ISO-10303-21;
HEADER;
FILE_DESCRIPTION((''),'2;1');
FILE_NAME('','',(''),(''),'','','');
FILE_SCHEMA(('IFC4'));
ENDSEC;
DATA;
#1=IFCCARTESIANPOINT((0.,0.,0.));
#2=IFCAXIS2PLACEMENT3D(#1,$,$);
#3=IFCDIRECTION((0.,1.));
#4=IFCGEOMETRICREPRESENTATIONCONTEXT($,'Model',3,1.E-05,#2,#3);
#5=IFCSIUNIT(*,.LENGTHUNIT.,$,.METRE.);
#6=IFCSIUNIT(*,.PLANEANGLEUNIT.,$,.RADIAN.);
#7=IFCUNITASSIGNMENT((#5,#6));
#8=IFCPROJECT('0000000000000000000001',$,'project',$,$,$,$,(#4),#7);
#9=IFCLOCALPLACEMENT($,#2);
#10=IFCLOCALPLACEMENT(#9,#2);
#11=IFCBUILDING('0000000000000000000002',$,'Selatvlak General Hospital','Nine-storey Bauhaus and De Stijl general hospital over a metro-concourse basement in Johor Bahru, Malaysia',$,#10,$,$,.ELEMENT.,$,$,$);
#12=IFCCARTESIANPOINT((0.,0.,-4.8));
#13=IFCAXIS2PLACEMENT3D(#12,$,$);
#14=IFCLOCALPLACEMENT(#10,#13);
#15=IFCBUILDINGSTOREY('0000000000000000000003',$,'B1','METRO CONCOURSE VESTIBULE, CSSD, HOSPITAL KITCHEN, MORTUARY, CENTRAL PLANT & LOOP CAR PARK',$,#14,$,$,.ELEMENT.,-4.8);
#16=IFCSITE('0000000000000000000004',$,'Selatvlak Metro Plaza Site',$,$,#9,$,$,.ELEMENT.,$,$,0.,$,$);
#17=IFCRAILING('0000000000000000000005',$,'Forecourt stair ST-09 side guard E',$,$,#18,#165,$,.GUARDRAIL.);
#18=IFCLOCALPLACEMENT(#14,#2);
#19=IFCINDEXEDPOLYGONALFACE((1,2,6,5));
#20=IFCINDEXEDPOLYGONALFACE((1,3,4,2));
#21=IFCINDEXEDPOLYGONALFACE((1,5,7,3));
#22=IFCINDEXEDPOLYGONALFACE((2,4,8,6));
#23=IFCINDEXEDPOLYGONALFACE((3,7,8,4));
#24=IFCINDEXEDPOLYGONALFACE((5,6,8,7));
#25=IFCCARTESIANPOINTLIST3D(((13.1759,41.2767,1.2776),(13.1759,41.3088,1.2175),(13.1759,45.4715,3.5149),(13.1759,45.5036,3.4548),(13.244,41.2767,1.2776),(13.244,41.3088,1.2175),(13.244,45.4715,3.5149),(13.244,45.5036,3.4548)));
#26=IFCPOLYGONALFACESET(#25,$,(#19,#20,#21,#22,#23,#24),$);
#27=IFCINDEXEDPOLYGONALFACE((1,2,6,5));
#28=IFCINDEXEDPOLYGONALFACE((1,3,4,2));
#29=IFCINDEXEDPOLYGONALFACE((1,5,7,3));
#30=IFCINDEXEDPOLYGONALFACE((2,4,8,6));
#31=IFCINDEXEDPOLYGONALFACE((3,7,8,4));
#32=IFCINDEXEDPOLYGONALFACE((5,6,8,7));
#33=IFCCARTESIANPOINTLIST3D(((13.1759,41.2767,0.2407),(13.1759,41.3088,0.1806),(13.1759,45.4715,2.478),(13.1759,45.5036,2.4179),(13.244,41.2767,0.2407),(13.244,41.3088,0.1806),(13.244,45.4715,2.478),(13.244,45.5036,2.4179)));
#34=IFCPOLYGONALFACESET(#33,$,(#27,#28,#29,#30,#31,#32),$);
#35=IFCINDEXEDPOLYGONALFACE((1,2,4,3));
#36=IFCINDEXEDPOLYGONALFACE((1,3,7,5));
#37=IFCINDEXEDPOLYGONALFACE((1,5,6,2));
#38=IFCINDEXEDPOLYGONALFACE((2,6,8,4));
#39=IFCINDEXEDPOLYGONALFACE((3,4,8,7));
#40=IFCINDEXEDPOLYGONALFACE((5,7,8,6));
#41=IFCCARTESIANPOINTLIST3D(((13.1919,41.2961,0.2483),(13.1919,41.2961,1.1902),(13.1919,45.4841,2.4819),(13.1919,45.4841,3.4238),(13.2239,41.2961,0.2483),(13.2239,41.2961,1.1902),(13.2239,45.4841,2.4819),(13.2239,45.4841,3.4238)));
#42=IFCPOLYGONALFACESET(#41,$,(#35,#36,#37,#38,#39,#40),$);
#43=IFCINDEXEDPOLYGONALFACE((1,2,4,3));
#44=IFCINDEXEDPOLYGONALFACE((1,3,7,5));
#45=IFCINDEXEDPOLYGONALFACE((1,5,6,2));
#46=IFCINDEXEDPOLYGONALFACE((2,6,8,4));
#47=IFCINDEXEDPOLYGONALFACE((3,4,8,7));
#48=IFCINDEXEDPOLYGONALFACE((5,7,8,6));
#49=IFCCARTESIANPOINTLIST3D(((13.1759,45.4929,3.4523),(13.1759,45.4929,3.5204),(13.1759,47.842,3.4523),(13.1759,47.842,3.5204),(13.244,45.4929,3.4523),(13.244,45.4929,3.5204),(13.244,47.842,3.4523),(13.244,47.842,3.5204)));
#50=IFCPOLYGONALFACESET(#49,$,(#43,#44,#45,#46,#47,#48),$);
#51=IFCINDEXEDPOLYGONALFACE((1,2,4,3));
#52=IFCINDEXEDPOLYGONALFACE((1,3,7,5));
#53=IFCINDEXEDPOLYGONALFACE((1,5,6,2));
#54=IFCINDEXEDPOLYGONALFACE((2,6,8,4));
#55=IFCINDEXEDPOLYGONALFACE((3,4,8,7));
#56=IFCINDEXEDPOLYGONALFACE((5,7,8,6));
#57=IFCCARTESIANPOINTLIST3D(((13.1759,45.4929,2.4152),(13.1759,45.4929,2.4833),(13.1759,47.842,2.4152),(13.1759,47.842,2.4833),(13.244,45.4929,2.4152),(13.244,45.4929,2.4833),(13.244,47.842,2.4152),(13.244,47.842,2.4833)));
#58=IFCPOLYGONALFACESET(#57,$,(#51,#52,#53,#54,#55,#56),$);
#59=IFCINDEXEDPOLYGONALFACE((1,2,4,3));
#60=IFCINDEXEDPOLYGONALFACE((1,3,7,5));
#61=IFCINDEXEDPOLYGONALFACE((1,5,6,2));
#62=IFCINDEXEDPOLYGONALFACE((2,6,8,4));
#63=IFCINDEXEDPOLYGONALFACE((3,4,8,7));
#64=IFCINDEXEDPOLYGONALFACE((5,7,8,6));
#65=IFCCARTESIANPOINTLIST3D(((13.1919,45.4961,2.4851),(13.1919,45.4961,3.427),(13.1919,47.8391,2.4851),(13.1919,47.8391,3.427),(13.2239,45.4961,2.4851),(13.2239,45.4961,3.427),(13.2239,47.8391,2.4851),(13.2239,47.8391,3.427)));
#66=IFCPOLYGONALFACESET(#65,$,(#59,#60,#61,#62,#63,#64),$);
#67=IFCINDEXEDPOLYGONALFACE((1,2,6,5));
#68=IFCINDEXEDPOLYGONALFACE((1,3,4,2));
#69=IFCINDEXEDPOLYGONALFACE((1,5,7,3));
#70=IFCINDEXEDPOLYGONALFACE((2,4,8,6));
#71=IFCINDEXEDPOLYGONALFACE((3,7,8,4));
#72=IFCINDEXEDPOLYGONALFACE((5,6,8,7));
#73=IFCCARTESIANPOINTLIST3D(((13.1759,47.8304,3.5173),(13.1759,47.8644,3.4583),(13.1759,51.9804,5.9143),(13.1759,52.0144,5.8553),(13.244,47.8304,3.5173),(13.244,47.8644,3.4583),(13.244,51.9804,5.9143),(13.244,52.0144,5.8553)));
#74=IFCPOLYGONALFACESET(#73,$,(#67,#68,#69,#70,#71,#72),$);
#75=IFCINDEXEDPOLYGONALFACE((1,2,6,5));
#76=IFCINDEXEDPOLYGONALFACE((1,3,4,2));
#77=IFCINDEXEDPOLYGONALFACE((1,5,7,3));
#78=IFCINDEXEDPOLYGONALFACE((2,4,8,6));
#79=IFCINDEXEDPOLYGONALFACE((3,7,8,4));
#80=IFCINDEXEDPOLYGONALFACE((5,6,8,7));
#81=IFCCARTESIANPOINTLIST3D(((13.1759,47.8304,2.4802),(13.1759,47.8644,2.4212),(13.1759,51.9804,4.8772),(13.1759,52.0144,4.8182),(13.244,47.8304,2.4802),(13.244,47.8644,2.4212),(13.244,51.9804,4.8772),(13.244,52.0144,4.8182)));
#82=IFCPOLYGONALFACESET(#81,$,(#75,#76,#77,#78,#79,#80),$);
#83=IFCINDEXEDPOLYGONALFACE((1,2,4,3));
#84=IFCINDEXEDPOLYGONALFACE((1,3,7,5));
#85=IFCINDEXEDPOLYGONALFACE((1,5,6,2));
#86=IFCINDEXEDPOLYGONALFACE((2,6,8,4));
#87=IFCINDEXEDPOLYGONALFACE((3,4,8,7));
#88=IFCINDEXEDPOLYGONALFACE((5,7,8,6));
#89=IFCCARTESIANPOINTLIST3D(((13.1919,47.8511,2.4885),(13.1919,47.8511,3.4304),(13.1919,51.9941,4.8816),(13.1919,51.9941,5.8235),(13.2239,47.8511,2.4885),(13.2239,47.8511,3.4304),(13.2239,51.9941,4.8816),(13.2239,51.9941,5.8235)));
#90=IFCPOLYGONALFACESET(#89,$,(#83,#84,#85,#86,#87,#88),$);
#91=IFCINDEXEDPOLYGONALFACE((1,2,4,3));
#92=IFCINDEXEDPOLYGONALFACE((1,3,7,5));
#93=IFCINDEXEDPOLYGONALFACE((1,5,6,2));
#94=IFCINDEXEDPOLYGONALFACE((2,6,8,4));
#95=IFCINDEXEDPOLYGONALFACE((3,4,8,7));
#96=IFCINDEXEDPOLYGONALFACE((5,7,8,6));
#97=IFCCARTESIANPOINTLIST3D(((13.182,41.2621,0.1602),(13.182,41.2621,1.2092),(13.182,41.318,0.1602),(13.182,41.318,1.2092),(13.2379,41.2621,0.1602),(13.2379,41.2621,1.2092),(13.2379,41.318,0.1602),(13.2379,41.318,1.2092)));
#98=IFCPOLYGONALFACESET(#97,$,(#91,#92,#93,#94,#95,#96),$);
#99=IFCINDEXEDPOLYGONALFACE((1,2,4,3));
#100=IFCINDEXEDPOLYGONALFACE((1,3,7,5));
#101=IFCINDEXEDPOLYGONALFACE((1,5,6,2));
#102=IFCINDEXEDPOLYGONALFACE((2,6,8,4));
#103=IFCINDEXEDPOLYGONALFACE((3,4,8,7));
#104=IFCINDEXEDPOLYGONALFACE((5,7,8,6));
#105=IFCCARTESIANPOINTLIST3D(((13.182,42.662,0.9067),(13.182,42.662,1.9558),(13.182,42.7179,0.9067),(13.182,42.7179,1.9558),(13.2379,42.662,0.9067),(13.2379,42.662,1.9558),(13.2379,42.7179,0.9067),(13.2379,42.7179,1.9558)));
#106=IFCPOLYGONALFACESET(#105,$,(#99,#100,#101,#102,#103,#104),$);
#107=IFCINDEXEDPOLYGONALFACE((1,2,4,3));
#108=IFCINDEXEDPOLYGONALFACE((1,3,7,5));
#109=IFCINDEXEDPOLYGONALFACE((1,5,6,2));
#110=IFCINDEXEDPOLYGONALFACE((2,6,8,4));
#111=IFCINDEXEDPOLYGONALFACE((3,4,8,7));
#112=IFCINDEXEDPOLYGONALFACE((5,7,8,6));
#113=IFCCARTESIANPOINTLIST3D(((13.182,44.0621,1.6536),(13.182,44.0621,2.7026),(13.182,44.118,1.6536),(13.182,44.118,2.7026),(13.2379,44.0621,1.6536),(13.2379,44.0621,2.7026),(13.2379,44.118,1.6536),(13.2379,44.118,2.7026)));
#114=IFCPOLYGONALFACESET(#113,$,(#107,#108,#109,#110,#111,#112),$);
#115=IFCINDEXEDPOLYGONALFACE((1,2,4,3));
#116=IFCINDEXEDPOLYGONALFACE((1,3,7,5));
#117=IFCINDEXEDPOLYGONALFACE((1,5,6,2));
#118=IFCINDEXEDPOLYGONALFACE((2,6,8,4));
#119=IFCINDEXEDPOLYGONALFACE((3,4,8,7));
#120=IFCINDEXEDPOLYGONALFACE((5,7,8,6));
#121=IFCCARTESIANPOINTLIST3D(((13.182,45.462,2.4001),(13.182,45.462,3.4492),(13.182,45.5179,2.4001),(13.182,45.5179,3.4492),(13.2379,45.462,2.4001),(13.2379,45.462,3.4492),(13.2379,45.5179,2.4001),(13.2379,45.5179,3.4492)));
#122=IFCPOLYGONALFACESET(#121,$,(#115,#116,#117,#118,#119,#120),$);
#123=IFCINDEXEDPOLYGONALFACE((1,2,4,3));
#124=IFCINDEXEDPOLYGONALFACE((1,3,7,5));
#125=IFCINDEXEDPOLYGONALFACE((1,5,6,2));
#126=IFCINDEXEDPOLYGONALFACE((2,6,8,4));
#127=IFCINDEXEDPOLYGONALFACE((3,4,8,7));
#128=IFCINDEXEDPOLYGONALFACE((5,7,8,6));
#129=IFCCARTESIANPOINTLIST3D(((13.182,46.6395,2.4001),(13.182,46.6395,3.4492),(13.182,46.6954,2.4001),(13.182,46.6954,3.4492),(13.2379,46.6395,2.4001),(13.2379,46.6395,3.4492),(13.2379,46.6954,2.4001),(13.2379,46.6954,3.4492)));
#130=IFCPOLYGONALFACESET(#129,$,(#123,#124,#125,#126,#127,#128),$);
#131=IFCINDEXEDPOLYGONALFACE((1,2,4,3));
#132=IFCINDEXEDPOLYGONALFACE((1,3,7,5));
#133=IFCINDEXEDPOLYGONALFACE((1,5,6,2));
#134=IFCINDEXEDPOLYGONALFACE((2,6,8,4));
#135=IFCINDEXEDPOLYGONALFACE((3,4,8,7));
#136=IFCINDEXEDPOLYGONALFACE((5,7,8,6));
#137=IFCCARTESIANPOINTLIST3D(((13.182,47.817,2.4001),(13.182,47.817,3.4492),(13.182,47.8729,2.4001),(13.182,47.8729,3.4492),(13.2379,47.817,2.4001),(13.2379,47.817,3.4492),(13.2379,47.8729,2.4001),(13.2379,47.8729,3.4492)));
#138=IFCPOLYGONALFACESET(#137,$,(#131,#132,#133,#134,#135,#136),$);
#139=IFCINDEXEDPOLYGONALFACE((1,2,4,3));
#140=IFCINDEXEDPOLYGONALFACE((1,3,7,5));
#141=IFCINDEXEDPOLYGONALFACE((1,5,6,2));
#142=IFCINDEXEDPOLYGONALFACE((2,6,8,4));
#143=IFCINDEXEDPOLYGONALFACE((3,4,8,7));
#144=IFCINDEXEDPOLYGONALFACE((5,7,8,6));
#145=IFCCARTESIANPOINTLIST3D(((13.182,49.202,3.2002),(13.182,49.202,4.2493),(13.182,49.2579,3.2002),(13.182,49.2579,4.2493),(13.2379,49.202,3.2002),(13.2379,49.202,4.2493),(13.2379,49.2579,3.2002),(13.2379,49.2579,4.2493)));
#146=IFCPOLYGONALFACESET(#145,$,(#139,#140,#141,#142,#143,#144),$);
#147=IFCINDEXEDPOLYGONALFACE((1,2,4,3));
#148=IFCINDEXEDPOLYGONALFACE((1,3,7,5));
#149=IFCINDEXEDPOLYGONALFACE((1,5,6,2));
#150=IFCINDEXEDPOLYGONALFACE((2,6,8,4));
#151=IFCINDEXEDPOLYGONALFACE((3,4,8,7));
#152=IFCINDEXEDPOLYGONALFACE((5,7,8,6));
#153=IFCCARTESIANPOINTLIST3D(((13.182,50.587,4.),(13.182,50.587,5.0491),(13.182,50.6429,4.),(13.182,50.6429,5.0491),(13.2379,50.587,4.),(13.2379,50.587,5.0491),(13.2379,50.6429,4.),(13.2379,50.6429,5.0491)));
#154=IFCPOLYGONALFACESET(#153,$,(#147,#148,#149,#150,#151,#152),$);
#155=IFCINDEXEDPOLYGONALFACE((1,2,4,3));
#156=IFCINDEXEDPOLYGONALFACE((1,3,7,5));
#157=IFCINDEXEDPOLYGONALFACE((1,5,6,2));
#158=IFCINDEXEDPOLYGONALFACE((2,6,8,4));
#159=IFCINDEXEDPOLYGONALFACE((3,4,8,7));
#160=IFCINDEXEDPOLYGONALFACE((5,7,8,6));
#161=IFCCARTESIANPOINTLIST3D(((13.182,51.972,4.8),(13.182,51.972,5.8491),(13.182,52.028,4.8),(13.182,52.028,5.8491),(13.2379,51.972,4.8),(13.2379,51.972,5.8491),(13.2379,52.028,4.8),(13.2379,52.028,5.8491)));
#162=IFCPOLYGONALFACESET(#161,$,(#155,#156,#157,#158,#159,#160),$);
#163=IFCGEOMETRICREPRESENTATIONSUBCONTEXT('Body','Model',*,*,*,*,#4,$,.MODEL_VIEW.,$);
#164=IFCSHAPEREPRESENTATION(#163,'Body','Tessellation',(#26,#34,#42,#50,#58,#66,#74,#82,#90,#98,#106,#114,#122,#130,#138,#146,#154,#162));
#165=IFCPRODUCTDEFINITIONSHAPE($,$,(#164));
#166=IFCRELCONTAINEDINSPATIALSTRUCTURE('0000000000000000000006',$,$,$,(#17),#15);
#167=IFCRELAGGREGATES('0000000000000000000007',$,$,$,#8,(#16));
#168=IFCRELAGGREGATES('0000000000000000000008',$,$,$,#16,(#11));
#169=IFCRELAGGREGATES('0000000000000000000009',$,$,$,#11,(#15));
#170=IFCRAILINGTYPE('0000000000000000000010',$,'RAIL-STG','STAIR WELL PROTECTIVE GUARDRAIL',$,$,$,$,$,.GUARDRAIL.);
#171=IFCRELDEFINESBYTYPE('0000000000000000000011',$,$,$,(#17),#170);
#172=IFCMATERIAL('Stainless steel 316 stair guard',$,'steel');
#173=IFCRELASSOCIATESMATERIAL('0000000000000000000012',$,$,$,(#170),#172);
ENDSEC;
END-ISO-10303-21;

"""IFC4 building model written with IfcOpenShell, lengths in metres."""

from ifc_helpers import new_model, si_unit, direction, frame, origin, origin_2d, place, context, subcontext, project, spatial, polyline, rectangle, outline, extrude, material, type_object, element, save


model = new_model("IFC4")

# Units and contexts
model_context = context("Model", 3, precision=1e-05, world=origin(), true_north=direction((0.0, 1.0)))
body_context = subcontext(model_context, "Body", "Model", "MODEL_VIEW")
ifc_project = project(units=[si_unit("LENGTHUNIT", "METRE"), si_unit("PLANEANGLEUNIT", "RADIAN")], contexts=[model_context])

# Site, building, storey
site_placement = place(None, origin())
site = spatial("IfcSite", under=ifc_project, at=site_placement, Name="Selatvlak Metro Plaza Site", CompositionType="ELEMENT", RefElevation=0.0)
building_placement = place(site_placement, origin())
building = spatial("IfcBuilding", under=site, at=building_placement, Name="Selatvlak General Hospital", Description="Nine-storey Bauhaus and De Stijl general hospital over a metro-concourse basement in Johor Bahru, Malaysia", CompositionType="ELEMENT")
storey_placement = place(building_placement, frame((0.0, 0.0, -4.8)))
storey = spatial("IfcBuildingStorey", under=building, at=storey_placement, Name="B1", Description="METRO CONCOURSE VESTIBULE, CSSD, HOSPITAL KITCHEN, MORTUARY, CENTRAL PLANT & LOOP CAR PARK", CompositionType="ELEMENT", Elevation=-4.8)

# Railing
ifc_material_1 = material(Name="Stainless steel 316 stair guard", Category="steel")
railing_type = type_object("IfcRailingType", Name="RAIL-STG", Description="STAIR WELL PROTECTIVE GUARDRAIL", PredefinedType="GUARDRAIL", material=ifc_material_1)
railing_1_placement = place(storey_placement, frame((13.21, 41.29, 0.1602)))
element("IfcRailing", 1, at=railing_1_placement, inside=storey, type_object=railing_type, Name="Forecourt stair ST-09 side guard E", PredefinedType="GUARDRAIL", context=body_context, shape_type="SweptSolid", body=[
    extrude(rectangle(XDim=0.0681, YDim=0.0681, at=origin_2d()), frame((0.0, 0.0027, 1.0874), z_axis=(0.0, 0.882352, 0.470591), x_axis=(-1.0, 0.0, 0.0)), (0.0, 0.0, 1.0), 4.7542),
    extrude(rectangle(XDim=0.0681, YDim=0.0681, at=origin_2d()), frame((0.0, 0.0027, 0.0505), z_axis=(0.0, 0.882352, 0.470591), x_axis=(-1.0, 0.0, 0.0)), (0.0, 0.0, 1.0), 4.7542),
    extrude(outline(polyline([(0.0, 0.0), (4.188, 2.2336), (4.188, 3.1755), (0.0, 0.9419), (0.0, 0.0)])), frame((-0.0181, 0.0061, 0.0881), z_axis=(1.0, 0.0, 0.0), x_axis=(0.0, 1.0, 0.0)), (0.0, 0.0, 1.0), 0.032),
    extrude(rectangle(XDim=0.0681, YDim=0.0681, at=origin_2d()), frame((0.0, 4.2029, 3.3262), z_axis=(0.0, 1.0, 0.0), x_axis=(-1.0, 0.0, 0.0)), (0.0, 0.0, 1.0), 2.3491),
    extrude(rectangle(XDim=0.0681, YDim=0.0681, at=origin_2d()), frame((0.0, 4.2029, 2.2891), z_axis=(0.0, 1.0, 0.0), x_axis=(-1.0, 0.0, 0.0)), (0.0, 0.0, 1.0), 2.3491),
    extrude(outline(polyline([(0.0, 0.0), (2.343, 0.0), (2.343, 0.9419), (0.0, 0.9419), (0.0, 0.0)])), frame((-0.0181, 4.2061, 2.325), z_axis=(1.0, 0.0, 0.0), x_axis=(0.0, 1.0, 0.0)), (0.0, 0.0, 1.0), 0.032),
    extrude(rectangle(XDim=0.0681, YDim=0.0681, at=origin_2d()), frame((0.0, 6.5574, 3.3276), z_axis=(0.0, 0.865936, 0.500156), x_axis=(-1.0, 0.0, 0.0)), (0.0, 0.0, 1.0), 4.7925),
    extrude(rectangle(XDim=0.0681, YDim=0.0681, at=origin_2d()), frame((0.0, 6.5574, 2.2905), z_axis=(0.0, 0.865936, 0.500156), x_axis=(-1.0, 0.0, 0.0)), (0.0, 0.0, 1.0), 4.7925),
    extrude(outline(polyline([(0.0, 0.0), (4.1431, 2.3931), (4.1431, 3.335), (0.0, 0.9419), (0.0, 0.0)])), frame((-0.0181, 6.561, 2.3284), z_axis=(1.0, 0.0, 0.0), x_axis=(0.0, 1.0, 0.0)), (0.0, 0.0, 1.0), 0.032),
    extrude(rectangle(XDim=0.0559, YDim=0.0559, at=origin_2d()), origin(), (0.0, 0.0, 1.0), 1.0491),
    extrude(rectangle(XDim=0.0559, YDim=0.0559, at=origin_2d()), frame((0.0, 1.3999, 0.7466)), (0.0, 0.0, 1.0), 1.0491),
    extrude(rectangle(XDim=0.0559, YDim=0.0559, at=origin_2d()), frame((0.0, 2.8, 1.4934)), (0.0, 0.0, 1.0), 1.0491),
    extrude(rectangle(XDim=0.0559, YDim=0.0559, at=origin_2d()), frame((0.0, 4.2, 2.24)), (0.0, 0.0, 1.0), 1.0491),
    extrude(rectangle(XDim=0.0559, YDim=0.0559, at=origin_2d()), frame((0.0, 5.3774, 2.24)), (0.0, 0.0, 1.0), 1.0491),
    extrude(rectangle(XDim=0.0559, YDim=0.0559, at=origin_2d()), frame((0.0, 6.5549, 2.24)), (0.0, 0.0, 1.0), 1.0491),
    extrude(rectangle(XDim=0.0559, YDim=0.0559, at=origin_2d()), frame((0.0, 7.9399, 3.04)), (0.0, 0.0, 1.0), 1.0491),
    extrude(rectangle(XDim=0.0559, YDim=0.0559, at=origin_2d()), frame((0.0, 9.325, 3.8398)), (0.0, 0.0, 1.0), 1.0491),
    extrude(rectangle(XDim=0.0559, YDim=0.0559, at=origin_2d()), frame((0.0, 10.71, 4.6399)), (0.0, 0.0, 1.0), 1.0491),
])

save(model, "model.ifc")
